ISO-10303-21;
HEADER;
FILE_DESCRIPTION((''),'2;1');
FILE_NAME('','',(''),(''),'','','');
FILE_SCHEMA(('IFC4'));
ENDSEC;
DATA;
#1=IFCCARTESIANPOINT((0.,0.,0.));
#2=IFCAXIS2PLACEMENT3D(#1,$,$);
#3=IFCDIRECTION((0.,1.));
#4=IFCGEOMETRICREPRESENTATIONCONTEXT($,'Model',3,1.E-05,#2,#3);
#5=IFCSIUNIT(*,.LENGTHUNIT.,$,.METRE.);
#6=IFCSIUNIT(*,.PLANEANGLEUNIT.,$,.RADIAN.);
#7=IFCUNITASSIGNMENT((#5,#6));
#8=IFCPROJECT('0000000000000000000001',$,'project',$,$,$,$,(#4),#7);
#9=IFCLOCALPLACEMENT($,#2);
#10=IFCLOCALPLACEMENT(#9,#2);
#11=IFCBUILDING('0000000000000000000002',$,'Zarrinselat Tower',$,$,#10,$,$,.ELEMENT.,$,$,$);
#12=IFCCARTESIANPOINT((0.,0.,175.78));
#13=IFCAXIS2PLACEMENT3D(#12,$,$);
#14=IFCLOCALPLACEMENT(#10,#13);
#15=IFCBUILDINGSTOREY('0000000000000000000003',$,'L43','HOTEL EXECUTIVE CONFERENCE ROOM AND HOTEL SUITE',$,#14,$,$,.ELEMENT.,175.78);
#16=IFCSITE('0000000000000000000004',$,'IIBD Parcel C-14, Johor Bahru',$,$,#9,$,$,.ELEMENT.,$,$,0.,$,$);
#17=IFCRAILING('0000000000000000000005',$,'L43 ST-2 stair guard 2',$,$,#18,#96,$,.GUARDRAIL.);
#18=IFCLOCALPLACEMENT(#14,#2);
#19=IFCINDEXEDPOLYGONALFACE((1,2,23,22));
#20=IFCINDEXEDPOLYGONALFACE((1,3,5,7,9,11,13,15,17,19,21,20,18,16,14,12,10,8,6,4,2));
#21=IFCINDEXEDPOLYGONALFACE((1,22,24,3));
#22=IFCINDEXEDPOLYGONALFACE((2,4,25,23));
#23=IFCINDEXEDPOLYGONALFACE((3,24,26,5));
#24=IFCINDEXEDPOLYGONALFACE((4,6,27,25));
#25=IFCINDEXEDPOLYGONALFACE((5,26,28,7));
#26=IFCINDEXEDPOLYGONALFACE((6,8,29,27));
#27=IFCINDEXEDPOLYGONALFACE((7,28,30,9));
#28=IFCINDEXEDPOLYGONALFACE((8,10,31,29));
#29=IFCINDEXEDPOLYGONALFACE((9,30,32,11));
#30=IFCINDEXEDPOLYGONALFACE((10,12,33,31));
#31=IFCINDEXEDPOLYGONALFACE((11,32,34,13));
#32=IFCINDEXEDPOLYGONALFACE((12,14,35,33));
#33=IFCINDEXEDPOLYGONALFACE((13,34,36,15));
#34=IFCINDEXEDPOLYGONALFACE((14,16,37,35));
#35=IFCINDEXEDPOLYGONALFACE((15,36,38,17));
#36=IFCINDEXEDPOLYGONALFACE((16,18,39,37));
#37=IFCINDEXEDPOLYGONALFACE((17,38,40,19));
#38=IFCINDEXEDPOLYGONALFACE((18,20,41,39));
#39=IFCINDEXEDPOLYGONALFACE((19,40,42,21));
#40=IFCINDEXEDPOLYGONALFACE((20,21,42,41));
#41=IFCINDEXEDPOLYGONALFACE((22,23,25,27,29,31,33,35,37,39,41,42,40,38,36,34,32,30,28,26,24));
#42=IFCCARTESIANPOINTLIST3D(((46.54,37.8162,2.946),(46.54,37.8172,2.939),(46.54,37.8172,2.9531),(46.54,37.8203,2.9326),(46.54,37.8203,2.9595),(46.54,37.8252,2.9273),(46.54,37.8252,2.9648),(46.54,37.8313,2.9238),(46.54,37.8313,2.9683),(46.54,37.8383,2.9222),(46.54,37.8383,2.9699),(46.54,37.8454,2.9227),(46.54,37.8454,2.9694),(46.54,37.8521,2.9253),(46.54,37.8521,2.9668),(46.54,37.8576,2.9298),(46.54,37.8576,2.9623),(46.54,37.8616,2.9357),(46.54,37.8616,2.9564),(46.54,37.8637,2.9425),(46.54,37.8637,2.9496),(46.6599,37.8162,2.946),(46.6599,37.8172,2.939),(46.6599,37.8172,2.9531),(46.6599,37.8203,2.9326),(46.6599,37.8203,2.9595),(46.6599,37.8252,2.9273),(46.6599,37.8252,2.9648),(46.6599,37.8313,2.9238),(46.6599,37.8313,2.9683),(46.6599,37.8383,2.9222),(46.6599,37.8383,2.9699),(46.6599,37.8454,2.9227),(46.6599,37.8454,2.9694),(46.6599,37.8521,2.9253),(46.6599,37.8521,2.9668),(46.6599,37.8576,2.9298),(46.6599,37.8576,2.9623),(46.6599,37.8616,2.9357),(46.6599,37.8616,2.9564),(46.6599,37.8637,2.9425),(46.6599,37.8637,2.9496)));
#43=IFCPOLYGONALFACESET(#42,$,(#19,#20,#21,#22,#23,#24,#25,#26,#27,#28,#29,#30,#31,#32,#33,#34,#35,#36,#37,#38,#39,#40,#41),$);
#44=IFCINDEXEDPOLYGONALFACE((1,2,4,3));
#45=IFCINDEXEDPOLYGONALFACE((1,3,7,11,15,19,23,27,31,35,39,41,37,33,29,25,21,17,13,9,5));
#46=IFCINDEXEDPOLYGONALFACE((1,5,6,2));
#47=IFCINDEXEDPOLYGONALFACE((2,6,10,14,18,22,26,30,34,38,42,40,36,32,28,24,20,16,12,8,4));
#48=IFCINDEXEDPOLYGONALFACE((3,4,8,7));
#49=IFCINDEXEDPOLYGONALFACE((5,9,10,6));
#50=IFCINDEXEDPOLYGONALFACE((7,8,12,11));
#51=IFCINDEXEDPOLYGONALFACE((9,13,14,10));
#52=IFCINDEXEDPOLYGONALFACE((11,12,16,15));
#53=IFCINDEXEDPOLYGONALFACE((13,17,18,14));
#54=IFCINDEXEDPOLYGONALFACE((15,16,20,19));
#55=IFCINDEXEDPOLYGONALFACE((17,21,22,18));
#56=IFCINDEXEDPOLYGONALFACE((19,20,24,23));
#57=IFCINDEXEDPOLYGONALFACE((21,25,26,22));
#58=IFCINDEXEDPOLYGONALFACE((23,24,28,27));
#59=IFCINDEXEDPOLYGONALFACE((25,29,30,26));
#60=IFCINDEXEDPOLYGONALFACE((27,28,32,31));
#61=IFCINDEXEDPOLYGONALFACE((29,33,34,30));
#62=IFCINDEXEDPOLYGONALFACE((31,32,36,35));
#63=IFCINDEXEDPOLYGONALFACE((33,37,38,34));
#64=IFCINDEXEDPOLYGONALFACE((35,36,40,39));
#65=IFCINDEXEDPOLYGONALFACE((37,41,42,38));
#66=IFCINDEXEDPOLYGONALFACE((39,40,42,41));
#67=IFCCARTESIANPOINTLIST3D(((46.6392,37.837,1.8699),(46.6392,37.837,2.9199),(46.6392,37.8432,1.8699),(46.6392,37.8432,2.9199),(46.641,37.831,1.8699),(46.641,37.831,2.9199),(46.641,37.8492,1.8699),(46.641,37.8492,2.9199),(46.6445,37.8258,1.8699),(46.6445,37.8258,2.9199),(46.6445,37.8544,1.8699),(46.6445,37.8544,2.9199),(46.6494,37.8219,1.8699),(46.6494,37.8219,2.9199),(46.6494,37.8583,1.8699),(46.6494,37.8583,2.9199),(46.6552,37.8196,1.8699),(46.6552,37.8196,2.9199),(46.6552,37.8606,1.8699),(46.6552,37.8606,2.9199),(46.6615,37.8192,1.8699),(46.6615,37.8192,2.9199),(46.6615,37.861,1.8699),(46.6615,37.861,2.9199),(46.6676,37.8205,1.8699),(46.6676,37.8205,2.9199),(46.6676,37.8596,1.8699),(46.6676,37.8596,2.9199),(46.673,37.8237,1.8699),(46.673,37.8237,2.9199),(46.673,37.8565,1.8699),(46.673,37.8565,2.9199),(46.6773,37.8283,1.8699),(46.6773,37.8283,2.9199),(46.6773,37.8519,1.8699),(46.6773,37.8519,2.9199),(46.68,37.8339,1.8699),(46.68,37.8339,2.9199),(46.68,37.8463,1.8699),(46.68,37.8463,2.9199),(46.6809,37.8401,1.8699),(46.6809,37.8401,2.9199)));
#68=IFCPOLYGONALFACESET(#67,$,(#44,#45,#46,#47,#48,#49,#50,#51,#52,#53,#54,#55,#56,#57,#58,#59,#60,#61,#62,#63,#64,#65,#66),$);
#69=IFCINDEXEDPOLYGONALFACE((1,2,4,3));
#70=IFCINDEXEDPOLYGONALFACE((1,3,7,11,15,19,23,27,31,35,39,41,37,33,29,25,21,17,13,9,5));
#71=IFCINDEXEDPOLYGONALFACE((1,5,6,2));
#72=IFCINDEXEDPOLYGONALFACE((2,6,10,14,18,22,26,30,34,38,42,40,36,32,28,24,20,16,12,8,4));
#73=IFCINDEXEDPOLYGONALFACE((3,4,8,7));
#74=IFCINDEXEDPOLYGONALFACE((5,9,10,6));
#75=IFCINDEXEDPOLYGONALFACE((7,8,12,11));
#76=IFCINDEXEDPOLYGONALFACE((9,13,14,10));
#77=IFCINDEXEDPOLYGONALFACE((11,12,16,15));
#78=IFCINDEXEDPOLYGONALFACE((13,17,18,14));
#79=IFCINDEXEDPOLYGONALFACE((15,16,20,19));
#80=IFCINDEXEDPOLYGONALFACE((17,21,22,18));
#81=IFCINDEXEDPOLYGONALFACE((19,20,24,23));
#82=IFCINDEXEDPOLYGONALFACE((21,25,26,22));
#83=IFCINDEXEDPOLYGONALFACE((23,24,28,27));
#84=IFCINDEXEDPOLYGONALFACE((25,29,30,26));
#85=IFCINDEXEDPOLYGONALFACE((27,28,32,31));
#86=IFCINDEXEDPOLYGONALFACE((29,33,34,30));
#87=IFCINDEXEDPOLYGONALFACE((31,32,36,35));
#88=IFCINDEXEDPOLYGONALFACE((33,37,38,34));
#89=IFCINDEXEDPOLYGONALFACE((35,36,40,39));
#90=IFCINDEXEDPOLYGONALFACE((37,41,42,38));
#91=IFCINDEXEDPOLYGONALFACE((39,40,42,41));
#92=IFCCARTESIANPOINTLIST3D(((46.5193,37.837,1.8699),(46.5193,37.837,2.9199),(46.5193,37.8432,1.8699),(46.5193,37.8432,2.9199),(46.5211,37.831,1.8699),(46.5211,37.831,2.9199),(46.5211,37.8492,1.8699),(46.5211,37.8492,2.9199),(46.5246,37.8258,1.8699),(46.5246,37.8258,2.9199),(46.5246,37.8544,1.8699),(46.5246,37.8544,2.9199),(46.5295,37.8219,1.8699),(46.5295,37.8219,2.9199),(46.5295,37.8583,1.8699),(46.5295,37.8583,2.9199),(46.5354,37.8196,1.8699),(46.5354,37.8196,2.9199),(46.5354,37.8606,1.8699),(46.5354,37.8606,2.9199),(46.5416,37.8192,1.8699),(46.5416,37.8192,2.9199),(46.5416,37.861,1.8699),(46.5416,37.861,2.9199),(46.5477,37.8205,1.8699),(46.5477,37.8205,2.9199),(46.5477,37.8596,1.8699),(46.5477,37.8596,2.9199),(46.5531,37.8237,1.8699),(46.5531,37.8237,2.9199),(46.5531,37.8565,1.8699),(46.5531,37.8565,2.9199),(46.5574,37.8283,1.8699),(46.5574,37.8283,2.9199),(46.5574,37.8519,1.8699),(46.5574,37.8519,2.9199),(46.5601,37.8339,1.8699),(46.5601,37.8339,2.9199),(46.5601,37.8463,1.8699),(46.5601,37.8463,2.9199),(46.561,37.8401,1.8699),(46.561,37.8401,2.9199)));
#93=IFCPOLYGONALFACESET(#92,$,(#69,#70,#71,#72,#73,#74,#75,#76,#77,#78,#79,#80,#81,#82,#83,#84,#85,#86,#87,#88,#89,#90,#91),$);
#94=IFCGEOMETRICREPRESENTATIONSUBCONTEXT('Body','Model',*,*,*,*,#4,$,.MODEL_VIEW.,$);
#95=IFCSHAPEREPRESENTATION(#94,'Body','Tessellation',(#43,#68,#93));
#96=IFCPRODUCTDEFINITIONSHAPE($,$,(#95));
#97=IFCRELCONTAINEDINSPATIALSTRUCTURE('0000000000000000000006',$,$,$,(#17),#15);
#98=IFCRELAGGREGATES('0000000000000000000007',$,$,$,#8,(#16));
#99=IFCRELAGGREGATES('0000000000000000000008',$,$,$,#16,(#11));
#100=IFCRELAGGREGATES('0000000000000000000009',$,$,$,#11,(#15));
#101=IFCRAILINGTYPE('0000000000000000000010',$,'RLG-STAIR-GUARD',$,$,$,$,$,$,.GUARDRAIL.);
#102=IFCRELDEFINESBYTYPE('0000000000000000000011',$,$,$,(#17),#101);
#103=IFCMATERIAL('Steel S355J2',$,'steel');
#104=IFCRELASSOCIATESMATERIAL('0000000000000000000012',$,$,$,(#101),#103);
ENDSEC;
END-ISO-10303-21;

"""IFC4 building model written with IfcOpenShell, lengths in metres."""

from ifc_helpers import new_model, si_unit, direction, frame, origin, origin_2d, place, context, subcontext, project, spatial, circle, extrude, material, type_object, element, save


model = new_model("IFC4")

# Units and contexts
model_context = context("Model", 3, precision=1e-05, world=origin(), true_north=direction((0.0, 1.0)))
body_context = subcontext(model_context, "Body", "Model", "MODEL_VIEW")
ifc_project = project(units=[si_unit("LENGTHUNIT", "METRE"), si_unit("PLANEANGLEUNIT", "RADIAN")], contexts=[model_context])

# Site, building, storey
site_placement = place(None, origin())
site = spatial("IfcSite", under=ifc_project, at=site_placement, Name="IIBD Parcel C-14, Johor Bahru", CompositionType="ELEMENT", RefElevation=0.0)
building_placement = place(site_placement, origin())
building = spatial("IfcBuilding", under=site, at=building_placement, Name="Zarrinselat Tower", CompositionType="ELEMENT")
storey_placement = place(building_placement, frame((0.0, 0.0, 175.78)))
storey = spatial("IfcBuildingStorey", under=building, at=storey_placement, Name="L43", Description="HOTEL EXECUTIVE CONFERENCE ROOM AND HOTEL SUITE", CompositionType="ELEMENT", Elevation=175.78)

# Railing
ifc_material_1 = material(Name="Steel S355J2", Category="steel")
railing_type_1 = type_object("IfcRailingType", Name="RLG-STAIR-GUARD", PredefinedType="GUARDRAIL", material=ifc_material_1)
railing_1_placement = place(storey_placement, frame((46.6599, 37.8401, 1.8699)))
element("IfcRailing", 1, at=railing_1_placement, inside=storey, type_object=railing_type_1, Name="L43 ST-2 stair guard 2", PredefinedType="GUARDRAIL", context=body_context, shape_type="SweptSolid", body=[
    extrude(circle(Radius=0.0239, at=origin_2d()), frame((0.0, 0.0, 1.0762), z_axis=(-1.0, 0.0, 0.0), x_axis=(0.0, -1.0, 0.0)), (0.0, 0.0, 1.0), 0.1199),
    extrude(circle(Radius=0.021, at=origin_2d()), origin(), (0.0, 0.0, 1.0), 1.05),
    extrude(circle(Radius=0.021, at=origin_2d()), frame((-0.1199, 0.0, 0.0)), (0.0, 0.0, 1.0), 1.05),
])

save(model, "model.ifc")
